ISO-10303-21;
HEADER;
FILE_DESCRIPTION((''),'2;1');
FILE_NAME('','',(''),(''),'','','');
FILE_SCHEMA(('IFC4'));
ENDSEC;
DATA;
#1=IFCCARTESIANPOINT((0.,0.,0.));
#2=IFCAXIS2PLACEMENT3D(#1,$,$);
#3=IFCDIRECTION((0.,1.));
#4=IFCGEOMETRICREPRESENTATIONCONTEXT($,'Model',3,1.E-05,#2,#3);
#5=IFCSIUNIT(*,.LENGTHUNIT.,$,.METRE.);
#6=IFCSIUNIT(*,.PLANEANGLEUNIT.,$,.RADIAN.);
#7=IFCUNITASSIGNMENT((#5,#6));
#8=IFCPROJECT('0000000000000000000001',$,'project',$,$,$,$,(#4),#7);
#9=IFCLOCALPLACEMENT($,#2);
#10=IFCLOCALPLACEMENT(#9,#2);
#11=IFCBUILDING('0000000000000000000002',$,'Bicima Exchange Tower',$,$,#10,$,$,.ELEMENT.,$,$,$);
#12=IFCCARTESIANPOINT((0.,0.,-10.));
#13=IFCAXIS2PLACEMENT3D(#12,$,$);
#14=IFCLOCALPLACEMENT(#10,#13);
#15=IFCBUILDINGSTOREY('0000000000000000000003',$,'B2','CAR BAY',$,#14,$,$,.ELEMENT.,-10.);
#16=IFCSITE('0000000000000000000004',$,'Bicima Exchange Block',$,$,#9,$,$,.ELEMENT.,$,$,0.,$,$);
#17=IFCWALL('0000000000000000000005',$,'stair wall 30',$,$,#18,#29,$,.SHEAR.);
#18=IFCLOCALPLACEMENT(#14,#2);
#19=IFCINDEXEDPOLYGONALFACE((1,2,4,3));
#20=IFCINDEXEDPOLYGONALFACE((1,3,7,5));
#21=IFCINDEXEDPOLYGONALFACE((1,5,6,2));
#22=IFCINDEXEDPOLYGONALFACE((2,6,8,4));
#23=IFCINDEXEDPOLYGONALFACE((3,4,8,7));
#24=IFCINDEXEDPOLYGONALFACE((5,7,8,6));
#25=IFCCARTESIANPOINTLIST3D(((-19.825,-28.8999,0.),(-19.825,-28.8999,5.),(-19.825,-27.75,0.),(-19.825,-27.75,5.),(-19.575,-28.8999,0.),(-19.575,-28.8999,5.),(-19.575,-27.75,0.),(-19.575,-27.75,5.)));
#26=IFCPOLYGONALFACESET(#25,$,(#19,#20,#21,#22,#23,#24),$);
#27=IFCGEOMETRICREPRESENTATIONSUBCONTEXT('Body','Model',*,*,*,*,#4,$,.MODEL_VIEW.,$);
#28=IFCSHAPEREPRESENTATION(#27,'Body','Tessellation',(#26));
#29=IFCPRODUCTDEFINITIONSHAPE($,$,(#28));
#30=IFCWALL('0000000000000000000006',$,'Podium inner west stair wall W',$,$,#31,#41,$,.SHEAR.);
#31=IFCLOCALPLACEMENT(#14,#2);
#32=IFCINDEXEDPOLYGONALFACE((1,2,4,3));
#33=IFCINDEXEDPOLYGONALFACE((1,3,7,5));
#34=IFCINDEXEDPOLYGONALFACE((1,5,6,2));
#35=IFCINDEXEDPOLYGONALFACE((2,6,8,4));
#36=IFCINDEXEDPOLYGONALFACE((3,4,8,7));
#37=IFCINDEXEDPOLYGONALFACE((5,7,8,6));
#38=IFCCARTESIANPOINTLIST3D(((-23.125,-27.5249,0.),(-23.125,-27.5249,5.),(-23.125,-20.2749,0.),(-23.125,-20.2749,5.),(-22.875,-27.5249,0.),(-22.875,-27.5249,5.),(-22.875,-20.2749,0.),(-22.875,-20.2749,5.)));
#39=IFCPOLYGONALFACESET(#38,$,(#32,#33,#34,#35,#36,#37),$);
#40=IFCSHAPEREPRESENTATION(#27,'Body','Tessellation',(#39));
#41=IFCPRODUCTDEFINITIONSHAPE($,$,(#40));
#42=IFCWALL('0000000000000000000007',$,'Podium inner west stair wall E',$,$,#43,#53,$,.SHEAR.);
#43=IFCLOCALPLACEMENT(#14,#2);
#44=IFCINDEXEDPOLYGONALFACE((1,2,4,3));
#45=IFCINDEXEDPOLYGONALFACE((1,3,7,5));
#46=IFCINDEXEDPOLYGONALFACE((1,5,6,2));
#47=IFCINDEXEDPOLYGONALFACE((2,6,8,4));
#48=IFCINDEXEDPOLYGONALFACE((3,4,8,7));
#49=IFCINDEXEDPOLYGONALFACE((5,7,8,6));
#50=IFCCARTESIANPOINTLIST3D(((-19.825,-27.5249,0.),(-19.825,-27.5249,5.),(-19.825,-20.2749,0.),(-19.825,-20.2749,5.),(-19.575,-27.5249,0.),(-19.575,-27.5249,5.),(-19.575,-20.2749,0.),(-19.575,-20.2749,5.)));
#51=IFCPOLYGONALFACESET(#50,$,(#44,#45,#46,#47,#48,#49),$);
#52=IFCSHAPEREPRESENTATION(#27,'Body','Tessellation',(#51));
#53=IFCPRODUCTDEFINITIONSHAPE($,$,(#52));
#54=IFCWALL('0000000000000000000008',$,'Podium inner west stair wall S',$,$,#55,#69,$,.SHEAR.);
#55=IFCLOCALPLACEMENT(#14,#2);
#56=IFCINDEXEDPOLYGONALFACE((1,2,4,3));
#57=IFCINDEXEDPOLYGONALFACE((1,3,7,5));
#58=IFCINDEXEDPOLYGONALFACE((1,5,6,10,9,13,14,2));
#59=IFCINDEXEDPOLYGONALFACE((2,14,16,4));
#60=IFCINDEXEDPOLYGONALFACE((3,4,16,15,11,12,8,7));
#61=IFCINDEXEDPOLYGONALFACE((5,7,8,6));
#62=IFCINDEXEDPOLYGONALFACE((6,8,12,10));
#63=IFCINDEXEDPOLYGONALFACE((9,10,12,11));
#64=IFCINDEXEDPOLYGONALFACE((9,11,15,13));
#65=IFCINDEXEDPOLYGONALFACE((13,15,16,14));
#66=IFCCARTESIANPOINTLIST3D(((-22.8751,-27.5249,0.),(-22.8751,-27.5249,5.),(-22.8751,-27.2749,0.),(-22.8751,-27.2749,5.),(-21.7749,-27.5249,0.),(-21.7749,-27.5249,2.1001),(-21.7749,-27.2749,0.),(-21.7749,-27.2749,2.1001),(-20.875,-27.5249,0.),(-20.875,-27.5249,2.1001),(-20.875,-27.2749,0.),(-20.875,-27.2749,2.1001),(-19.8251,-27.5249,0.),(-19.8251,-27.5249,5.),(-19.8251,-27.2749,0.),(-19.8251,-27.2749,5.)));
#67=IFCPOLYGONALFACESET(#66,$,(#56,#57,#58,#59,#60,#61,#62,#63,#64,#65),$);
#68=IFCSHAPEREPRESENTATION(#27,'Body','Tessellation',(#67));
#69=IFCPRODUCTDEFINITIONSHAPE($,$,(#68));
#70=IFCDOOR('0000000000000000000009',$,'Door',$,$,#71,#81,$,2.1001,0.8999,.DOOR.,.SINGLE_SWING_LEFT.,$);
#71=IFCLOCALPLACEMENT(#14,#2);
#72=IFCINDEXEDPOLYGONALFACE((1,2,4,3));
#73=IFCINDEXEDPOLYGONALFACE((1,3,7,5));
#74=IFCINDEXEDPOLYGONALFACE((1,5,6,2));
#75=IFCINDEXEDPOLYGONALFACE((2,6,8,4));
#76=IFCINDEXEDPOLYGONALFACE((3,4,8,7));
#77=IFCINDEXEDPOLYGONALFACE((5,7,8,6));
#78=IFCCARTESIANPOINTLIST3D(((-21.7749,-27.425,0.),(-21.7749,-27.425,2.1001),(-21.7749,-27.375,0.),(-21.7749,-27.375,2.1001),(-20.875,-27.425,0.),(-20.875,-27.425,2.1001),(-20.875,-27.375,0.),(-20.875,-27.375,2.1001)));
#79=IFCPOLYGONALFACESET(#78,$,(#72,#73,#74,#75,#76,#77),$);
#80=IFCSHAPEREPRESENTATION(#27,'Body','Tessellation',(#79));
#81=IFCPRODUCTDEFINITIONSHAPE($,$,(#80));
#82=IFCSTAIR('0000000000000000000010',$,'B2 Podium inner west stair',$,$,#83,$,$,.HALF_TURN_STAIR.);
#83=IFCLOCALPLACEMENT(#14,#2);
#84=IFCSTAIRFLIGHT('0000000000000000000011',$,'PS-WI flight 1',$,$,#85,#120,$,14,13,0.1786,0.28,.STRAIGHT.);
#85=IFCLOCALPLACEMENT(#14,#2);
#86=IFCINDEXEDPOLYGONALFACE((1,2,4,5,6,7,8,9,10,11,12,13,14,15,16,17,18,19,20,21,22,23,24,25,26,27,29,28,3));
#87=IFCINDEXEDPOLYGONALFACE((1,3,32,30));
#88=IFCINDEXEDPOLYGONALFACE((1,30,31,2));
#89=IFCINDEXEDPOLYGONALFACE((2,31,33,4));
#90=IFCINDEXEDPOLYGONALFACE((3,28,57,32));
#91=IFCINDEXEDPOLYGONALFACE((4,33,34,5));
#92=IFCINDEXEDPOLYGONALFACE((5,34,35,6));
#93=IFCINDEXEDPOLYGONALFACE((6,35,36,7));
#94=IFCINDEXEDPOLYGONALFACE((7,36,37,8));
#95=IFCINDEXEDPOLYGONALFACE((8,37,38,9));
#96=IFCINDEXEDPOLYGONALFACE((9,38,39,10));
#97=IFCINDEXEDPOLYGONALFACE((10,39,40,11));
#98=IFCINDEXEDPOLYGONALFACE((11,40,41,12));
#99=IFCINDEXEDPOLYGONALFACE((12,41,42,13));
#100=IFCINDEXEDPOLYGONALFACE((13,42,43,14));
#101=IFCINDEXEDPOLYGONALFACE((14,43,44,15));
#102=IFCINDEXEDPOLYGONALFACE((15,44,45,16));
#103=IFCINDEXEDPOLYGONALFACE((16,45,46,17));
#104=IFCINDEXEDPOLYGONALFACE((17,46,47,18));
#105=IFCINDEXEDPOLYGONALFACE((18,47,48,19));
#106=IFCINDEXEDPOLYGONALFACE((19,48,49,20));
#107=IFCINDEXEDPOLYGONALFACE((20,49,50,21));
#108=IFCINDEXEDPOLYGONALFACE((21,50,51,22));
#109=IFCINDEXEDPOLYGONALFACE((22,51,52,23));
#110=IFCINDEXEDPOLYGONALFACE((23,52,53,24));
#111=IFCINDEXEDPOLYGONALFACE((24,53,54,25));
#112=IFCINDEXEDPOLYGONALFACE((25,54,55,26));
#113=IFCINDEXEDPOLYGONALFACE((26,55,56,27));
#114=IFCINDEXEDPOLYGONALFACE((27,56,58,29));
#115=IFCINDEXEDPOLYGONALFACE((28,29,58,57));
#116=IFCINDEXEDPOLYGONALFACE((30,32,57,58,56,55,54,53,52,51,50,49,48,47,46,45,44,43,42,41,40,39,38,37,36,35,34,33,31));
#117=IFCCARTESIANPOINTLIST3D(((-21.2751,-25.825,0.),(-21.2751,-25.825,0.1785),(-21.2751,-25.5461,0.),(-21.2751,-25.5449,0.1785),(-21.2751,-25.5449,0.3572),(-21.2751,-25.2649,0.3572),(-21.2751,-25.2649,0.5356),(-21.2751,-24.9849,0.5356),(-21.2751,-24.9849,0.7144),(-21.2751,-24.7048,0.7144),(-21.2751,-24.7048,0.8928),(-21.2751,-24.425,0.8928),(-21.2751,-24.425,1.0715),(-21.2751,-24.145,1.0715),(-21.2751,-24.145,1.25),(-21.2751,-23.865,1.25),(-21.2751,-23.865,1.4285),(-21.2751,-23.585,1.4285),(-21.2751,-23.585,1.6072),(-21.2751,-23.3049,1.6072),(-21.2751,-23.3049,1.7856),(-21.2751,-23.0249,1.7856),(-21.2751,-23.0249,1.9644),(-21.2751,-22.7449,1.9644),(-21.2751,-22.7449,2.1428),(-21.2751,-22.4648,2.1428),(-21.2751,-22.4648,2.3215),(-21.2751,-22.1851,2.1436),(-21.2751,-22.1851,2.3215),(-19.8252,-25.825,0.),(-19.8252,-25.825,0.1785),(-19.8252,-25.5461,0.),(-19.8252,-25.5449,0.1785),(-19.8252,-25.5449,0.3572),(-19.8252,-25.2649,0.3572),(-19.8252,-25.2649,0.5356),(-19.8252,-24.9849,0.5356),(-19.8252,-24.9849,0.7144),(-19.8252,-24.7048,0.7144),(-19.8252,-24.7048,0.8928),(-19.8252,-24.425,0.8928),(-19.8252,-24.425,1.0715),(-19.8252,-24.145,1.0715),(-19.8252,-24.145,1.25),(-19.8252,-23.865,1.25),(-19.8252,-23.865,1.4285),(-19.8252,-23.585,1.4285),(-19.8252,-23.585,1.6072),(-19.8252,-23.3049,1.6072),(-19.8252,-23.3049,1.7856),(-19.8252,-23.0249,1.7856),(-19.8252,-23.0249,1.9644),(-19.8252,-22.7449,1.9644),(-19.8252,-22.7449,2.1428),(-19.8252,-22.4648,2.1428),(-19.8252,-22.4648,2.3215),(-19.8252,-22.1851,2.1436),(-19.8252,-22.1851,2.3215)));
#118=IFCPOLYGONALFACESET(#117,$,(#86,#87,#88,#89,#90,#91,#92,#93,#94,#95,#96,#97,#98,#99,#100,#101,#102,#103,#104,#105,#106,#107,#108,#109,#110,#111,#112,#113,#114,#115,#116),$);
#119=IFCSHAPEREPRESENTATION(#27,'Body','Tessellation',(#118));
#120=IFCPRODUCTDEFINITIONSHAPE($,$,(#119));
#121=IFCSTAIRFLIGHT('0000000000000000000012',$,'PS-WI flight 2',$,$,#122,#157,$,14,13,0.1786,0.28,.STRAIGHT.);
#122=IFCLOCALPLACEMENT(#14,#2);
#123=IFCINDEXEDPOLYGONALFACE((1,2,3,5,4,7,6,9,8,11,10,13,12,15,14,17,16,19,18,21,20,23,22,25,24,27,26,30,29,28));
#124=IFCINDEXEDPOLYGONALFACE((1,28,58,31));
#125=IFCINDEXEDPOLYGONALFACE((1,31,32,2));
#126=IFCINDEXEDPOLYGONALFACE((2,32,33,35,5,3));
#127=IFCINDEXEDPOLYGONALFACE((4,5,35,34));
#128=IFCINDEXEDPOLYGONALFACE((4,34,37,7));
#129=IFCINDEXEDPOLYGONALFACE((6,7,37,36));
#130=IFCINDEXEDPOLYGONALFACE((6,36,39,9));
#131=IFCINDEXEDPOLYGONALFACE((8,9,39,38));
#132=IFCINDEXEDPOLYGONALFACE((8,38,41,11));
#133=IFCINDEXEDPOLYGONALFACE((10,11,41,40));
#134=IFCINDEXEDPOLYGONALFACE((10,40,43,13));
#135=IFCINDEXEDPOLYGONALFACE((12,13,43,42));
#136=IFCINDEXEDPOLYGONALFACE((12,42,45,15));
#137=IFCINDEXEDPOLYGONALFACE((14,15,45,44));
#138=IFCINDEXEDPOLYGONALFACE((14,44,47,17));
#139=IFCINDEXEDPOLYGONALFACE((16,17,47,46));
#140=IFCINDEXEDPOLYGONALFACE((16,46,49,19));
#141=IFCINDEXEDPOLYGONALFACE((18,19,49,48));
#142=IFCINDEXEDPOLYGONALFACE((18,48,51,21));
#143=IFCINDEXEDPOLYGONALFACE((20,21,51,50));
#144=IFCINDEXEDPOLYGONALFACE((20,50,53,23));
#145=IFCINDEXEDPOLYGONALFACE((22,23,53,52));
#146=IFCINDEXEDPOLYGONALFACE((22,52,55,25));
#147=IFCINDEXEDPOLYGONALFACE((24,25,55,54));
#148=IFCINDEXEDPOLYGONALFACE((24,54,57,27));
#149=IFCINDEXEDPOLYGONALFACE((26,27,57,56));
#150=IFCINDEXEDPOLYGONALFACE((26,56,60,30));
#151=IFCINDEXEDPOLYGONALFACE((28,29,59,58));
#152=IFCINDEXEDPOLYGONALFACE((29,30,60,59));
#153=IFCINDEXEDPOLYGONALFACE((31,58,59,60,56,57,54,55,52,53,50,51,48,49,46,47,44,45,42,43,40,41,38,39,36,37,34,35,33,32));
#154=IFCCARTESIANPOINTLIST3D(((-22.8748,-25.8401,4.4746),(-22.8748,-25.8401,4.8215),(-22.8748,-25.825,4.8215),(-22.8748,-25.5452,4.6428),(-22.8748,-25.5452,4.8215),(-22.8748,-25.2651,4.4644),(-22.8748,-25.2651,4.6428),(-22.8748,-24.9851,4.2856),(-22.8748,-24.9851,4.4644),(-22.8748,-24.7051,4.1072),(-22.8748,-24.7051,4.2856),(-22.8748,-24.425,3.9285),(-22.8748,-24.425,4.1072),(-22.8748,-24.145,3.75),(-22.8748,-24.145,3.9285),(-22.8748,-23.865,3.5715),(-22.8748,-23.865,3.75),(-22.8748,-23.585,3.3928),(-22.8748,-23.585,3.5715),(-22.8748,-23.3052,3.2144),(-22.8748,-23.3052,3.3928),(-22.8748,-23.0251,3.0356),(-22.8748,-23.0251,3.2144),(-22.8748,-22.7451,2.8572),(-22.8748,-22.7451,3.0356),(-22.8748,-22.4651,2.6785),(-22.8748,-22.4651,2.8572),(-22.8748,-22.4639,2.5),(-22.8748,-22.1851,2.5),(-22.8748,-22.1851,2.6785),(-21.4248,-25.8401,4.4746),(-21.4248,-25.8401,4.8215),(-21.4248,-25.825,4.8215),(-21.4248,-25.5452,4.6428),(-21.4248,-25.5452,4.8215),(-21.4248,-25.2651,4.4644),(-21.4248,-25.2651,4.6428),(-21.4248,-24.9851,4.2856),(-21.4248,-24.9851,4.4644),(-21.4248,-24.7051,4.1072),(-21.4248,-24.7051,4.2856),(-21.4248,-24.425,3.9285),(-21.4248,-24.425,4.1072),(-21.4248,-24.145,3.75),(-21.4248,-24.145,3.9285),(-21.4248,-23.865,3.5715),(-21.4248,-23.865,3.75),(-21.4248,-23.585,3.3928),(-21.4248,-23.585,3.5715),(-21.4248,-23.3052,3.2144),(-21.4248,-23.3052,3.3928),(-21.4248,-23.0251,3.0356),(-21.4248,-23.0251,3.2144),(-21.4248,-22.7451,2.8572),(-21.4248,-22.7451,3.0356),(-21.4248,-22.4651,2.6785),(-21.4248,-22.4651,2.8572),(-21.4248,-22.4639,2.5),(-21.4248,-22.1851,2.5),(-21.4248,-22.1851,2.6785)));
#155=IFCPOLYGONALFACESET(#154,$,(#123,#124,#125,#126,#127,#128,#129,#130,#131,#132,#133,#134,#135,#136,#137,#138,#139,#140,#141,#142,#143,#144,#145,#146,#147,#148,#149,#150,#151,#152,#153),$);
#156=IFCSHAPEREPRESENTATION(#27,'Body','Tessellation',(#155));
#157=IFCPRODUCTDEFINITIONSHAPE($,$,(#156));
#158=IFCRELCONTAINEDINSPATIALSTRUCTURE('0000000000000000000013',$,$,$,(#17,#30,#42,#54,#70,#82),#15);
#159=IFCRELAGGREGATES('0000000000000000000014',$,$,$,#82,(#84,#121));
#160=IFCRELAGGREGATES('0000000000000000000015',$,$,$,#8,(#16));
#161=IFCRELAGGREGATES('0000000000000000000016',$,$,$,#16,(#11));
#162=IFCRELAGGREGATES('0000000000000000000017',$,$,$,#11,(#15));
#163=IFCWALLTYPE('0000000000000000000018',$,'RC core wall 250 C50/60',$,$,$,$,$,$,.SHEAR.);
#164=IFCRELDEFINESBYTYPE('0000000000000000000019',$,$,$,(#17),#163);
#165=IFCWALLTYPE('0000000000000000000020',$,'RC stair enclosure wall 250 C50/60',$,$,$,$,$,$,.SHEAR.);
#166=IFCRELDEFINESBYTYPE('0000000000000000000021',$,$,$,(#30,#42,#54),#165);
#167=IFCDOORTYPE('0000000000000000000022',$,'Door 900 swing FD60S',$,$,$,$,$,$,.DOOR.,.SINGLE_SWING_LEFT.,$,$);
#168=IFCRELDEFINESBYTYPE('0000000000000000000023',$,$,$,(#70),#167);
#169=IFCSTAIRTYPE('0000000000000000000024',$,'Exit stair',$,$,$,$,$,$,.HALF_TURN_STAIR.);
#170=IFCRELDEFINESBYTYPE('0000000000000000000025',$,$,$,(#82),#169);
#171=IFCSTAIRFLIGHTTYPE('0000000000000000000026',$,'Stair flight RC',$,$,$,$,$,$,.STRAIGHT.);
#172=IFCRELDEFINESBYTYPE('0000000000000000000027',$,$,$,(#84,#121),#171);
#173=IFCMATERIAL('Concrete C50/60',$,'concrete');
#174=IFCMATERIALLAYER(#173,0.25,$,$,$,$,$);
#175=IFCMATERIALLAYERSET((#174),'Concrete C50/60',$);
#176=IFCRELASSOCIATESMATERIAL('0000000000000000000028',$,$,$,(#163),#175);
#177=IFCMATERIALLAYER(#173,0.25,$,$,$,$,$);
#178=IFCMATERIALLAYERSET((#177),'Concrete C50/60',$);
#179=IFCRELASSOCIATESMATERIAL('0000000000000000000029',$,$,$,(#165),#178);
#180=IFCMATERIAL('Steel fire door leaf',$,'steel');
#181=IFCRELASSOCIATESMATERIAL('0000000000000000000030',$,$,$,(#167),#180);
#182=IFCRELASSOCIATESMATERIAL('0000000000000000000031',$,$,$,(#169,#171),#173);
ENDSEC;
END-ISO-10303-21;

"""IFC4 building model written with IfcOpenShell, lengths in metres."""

from ifc_helpers import new_model, si_unit, direction, frame, frame_2d, origin, place, context, subcontext, project, spatial, polyline, rectangle, outline, extrude, material, layer, layer_set, type_object, element, fill, aggregate, save


model = new_model("IFC4")

# Units and contexts
model_context = context("Model", 3, precision=1e-05, world=origin(), true_north=direction((0.0, 1.0)))
body_context = subcontext(model_context, "Body", "Model", "MODEL_VIEW")
ifc_project = project(units=[si_unit("LENGTHUNIT", "METRE"), si_unit("PLANEANGLEUNIT", "RADIAN")], contexts=[model_context])

# Site, building, storey
site_placement = place(None, origin())
site = spatial("IfcSite", under=ifc_project, at=site_placement, Name="Bicima Exchange Block", CompositionType="ELEMENT", RefElevation=0.0)
building_placement = place(site_placement, origin())
building = spatial("IfcBuilding", under=site, at=building_placement, Name="Bicima Exchange Tower", CompositionType="ELEMENT")
storey_placement = place(building_placement, frame((0.0, 0.0, -10.0)))
storey = spatial("IfcBuildingStorey", under=building, at=storey_placement, Name="B2", Description="CAR BAY", CompositionType="ELEMENT", Elevation=-10.0)

# Shared definitions
ifc_material_1 = material(Name="Steel fire door leaf", Category="steel")

# Walls
ifc_material_2 = material(Name="Concrete C50/60", Category="concrete")
ifc_layer_1 = layer(ifc_material_2, 0.25)
ifc_layer_set_1 = layer_set([ifc_layer_1], Name="Concrete C50/60")
wall_type_1 = type_object("IfcWallType", Name="RC core wall 250 C50/60", PredefinedType="SHEAR", material=ifc_layer_set_1)
for number, where, z_axis, x_axis, name in (
    (1, (-19.7, -28.8999, 0.0), (0.0, 0.0, 1.0), (0.0, 1.0, 0.0), "stair wall 30"),
):
    element("IfcWall", number, at=place(storey_placement, frame(where, z_axis=z_axis, x_axis=x_axis)), inside=storey, type_object=wall_type_1, Name=name, PredefinedType="SHEAR", context=body_context, shape_type="SweptSolid", body=[
        extrude(rectangle(XDim=1.1499, YDim=0.25, at=frame_2d((0.575, 0.0))), origin(), (0.0, 0.0, 1.0), 5.0),
    ])
ifc_layer_2 = layer(ifc_material_2, 0.25)
ifc_layer_set_2 = layer_set([ifc_layer_2], Name="Concrete C50/60")
wall_type_2 = type_object("IfcWallType", Name="RC stair enclosure wall 250 C50/60", PredefinedType="SHEAR", material=ifc_layer_set_2)
for number, where, z_axis, x_axis, name in (
    (2, (-23.0, -27.5249, 0.0), (0.0, 0.0, 1.0), (0.0, 1.0, 0.0), "Podium inner west stair wall W"),
    (3, (-19.7, -27.5249, 0.0), (0.0, 0.0, 1.0), (0.0, 1.0, 0.0), "Podium inner west stair wall E"),
):
    element("IfcWall", number, at=place(storey_placement, frame(where, z_axis=z_axis, x_axis=x_axis)), inside=storey, type_object=wall_type_2, Name=name, PredefinedType="SHEAR", context=body_context, shape_type="SweptSolid", body=[
        extrude(rectangle(XDim=7.25, YDim=0.25, at=frame_2d((3.625, 0.0))), origin(), (0.0, 0.0, 1.0), 5.0),
    ])

# Wall, opening, door
wall_1_placement = place(storey_placement, frame((-22.875, -27.3999, 0.0), z_axis=(0.0, 0.0, 1.0), x_axis=(1.0, 0.0, 0.0)))
wall_1 = element("IfcWall", 4, at=wall_1_placement, inside=storey, type_object=wall_type_2, Name="Podium inner west stair wall S", PredefinedType="SHEAR", context=body_context, shape_type="SweptSolid", body=[
    extrude(rectangle(XDim=3.05, YDim=0.25, at=frame_2d((1.5249, 0.0))), origin(), (0.0, 0.0, 1.0), 5.0),
])
opening_1_placement = place(wall_1_placement, frame((1.1001, 0.0, 0.0)))
opening_1 = element("IfcOpeningElement", 5, at=opening_1_placement, cuts=wall_1, PredefinedType="OPENING", context=body_context, shape_type="SweptSolid", body=[
    extrude(rectangle(XDim=0.8999, YDim=2.1001, at=frame_2d((0.45, 1.05))), frame((0.0, 0.137, 0.0), z_axis=(0.0, -1.0, 0.0), x_axis=(1.0, 0.0, 0.0)), (0.0, 0.0, 1.0), 0.2739),
])
door_type_1 = type_object("IfcDoorType", Name="Door 900 swing FD60S", OperationType="SINGLE_SWING_LEFT", PredefinedType="DOOR", material=ifc_material_1)
door_1_placement = place(opening_1_placement, origin())
door_1 = element("IfcDoor", 6, at=door_1_placement, inside=storey, type_object=door_type_1, Name="Door", OperationType="SINGLE_SWING_LEFT", OverallHeight=2.1001, OverallWidth=0.8999, PredefinedType="DOOR", context=body_context, shape_type="SweptSolid", body=[
    extrude(rectangle(XDim=0.8999, YDim=2.1001, at=frame_2d((0.45, 1.05))), frame((0.0, 0.0249, 0.0), z_axis=(0.0, -1.0, 0.0), x_axis=(1.0, 0.0, 0.0)), (0.0, 0.0, 1.0), 0.05),
])
fill(opening_1, door_1)

# Stair, stair flights
stair_type = type_object("IfcStairType", Name="Exit stair", PredefinedType="HALF_TURN_STAIR", material=ifc_material_2)
stair_placement = place(storey_placement, origin())
stair = element("IfcStair", 7, at=stair_placement, inside=storey, type_object=stair_type, Name="B2 Podium inner west stair", PredefinedType="HALF_TURN_STAIR")
stair_flight_type = type_object("IfcStairFlightType", Name="Stair flight RC", PredefinedType="STRAIGHT", material=ifc_material_2)
stair_flight_1_placement = place(storey_placement, frame((-20.55, -25.825, 0.0), z_axis=(0.0, 0.0, 1.0), x_axis=(0.0, 1.0, 0.0)))
stair_flight_1 = element("IfcStairFlight", 8, at=stair_flight_1_placement, type_object=stair_flight_type, Name="PS-WI flight 1", NumberOfRisers=14, NumberOfTreads=13, PredefinedType="STRAIGHT", RiserHeight=0.1786, TreadLength=0.28, context=body_context, shape_type="SweptSolid", body=[
    extrude(outline(polyline([(0.0, 0.0), (0.0, 0.1785), (0.28, 0.1785), (0.28, 0.3572), (0.5601, 0.3572), (0.5601, 0.5356), (0.8401, 0.5356), (0.8401, 0.7144), (1.1201, 0.7144), (1.1201, 0.8928), (1.3999, 0.8928), (1.3999, 1.0715), (1.6799, 1.0715), (1.6799, 1.25), (1.96, 1.25), (1.96, 1.4285), (2.24, 1.4285), (2.24, 1.6072), (2.52, 1.6072), (2.52, 1.7856), (2.8, 1.7856), (2.8, 1.9644), (3.0801, 1.9644), (3.0801, 2.1428), (3.3601, 2.1428), (3.3601, 2.3215), (3.6399, 2.3215), (3.6399, 2.5), (3.6399, 2.1436), (0.2788, 0.0), (0.0, 0.0)])), frame((0.0, 0.7251, 0.0), z_axis=(0.0, -1.0, 0.0), x_axis=(1.0, 0.0, 0.0)), (0.0, 0.0, 1.0), 1.45),
])
stair_flight_2_placement = place(storey_placement, frame((-22.1499, -22.1851, 2.5), z_axis=(0.0, 0.0, 1.0), x_axis=(0.0, -1.0, 0.0)))
stair_flight_2 = element("IfcStairFlight", 9, at=stair_flight_2_placement, type_object=stair_flight_type, Name="PS-WI flight 2", NumberOfRisers=14, NumberOfTreads=13, PredefinedType="STRAIGHT", RiserHeight=0.1786, TreadLength=0.28, context=body_context, shape_type="SweptSolid", body=[
    extrude(outline(polyline([(0.0, 0.0), (0.0, 0.1785), (0.28, 0.1785), (0.28, 0.3572), (0.5601, 0.3572), (0.5601, 0.5356), (0.8401, 0.5356), (0.8401, 0.7144), (1.1201, 0.7144), (1.1201, 0.8928), (1.3999, 0.8928), (1.3999, 1.0715), (1.6799, 1.0715), (1.6799, 1.25), (1.96, 1.25), (1.96, 1.4285), (2.24, 1.4285), (2.24, 1.6072), (2.52, 1.6072), (2.52, 1.7856), (2.8, 1.7856), (2.8, 1.9644), (3.0801, 1.9644), (3.0801, 2.1428), (3.3601, 2.1428), (3.3601, 2.3215), (3.6399, 2.3215), (3.655, 2.3215), (3.655, 1.9746), (0.2788, 0.0), (0.0, 0.0)])), frame((0.0, 0.7251, 0.0), z_axis=(0.0, -1.0, 0.0), x_axis=(1.0, 0.0, 0.0)), (0.0, 0.0, 1.0), 1.45),
])
aggregate(stair, [stair_flight_1, stair_flight_2])

save(model, "model.ifc")
